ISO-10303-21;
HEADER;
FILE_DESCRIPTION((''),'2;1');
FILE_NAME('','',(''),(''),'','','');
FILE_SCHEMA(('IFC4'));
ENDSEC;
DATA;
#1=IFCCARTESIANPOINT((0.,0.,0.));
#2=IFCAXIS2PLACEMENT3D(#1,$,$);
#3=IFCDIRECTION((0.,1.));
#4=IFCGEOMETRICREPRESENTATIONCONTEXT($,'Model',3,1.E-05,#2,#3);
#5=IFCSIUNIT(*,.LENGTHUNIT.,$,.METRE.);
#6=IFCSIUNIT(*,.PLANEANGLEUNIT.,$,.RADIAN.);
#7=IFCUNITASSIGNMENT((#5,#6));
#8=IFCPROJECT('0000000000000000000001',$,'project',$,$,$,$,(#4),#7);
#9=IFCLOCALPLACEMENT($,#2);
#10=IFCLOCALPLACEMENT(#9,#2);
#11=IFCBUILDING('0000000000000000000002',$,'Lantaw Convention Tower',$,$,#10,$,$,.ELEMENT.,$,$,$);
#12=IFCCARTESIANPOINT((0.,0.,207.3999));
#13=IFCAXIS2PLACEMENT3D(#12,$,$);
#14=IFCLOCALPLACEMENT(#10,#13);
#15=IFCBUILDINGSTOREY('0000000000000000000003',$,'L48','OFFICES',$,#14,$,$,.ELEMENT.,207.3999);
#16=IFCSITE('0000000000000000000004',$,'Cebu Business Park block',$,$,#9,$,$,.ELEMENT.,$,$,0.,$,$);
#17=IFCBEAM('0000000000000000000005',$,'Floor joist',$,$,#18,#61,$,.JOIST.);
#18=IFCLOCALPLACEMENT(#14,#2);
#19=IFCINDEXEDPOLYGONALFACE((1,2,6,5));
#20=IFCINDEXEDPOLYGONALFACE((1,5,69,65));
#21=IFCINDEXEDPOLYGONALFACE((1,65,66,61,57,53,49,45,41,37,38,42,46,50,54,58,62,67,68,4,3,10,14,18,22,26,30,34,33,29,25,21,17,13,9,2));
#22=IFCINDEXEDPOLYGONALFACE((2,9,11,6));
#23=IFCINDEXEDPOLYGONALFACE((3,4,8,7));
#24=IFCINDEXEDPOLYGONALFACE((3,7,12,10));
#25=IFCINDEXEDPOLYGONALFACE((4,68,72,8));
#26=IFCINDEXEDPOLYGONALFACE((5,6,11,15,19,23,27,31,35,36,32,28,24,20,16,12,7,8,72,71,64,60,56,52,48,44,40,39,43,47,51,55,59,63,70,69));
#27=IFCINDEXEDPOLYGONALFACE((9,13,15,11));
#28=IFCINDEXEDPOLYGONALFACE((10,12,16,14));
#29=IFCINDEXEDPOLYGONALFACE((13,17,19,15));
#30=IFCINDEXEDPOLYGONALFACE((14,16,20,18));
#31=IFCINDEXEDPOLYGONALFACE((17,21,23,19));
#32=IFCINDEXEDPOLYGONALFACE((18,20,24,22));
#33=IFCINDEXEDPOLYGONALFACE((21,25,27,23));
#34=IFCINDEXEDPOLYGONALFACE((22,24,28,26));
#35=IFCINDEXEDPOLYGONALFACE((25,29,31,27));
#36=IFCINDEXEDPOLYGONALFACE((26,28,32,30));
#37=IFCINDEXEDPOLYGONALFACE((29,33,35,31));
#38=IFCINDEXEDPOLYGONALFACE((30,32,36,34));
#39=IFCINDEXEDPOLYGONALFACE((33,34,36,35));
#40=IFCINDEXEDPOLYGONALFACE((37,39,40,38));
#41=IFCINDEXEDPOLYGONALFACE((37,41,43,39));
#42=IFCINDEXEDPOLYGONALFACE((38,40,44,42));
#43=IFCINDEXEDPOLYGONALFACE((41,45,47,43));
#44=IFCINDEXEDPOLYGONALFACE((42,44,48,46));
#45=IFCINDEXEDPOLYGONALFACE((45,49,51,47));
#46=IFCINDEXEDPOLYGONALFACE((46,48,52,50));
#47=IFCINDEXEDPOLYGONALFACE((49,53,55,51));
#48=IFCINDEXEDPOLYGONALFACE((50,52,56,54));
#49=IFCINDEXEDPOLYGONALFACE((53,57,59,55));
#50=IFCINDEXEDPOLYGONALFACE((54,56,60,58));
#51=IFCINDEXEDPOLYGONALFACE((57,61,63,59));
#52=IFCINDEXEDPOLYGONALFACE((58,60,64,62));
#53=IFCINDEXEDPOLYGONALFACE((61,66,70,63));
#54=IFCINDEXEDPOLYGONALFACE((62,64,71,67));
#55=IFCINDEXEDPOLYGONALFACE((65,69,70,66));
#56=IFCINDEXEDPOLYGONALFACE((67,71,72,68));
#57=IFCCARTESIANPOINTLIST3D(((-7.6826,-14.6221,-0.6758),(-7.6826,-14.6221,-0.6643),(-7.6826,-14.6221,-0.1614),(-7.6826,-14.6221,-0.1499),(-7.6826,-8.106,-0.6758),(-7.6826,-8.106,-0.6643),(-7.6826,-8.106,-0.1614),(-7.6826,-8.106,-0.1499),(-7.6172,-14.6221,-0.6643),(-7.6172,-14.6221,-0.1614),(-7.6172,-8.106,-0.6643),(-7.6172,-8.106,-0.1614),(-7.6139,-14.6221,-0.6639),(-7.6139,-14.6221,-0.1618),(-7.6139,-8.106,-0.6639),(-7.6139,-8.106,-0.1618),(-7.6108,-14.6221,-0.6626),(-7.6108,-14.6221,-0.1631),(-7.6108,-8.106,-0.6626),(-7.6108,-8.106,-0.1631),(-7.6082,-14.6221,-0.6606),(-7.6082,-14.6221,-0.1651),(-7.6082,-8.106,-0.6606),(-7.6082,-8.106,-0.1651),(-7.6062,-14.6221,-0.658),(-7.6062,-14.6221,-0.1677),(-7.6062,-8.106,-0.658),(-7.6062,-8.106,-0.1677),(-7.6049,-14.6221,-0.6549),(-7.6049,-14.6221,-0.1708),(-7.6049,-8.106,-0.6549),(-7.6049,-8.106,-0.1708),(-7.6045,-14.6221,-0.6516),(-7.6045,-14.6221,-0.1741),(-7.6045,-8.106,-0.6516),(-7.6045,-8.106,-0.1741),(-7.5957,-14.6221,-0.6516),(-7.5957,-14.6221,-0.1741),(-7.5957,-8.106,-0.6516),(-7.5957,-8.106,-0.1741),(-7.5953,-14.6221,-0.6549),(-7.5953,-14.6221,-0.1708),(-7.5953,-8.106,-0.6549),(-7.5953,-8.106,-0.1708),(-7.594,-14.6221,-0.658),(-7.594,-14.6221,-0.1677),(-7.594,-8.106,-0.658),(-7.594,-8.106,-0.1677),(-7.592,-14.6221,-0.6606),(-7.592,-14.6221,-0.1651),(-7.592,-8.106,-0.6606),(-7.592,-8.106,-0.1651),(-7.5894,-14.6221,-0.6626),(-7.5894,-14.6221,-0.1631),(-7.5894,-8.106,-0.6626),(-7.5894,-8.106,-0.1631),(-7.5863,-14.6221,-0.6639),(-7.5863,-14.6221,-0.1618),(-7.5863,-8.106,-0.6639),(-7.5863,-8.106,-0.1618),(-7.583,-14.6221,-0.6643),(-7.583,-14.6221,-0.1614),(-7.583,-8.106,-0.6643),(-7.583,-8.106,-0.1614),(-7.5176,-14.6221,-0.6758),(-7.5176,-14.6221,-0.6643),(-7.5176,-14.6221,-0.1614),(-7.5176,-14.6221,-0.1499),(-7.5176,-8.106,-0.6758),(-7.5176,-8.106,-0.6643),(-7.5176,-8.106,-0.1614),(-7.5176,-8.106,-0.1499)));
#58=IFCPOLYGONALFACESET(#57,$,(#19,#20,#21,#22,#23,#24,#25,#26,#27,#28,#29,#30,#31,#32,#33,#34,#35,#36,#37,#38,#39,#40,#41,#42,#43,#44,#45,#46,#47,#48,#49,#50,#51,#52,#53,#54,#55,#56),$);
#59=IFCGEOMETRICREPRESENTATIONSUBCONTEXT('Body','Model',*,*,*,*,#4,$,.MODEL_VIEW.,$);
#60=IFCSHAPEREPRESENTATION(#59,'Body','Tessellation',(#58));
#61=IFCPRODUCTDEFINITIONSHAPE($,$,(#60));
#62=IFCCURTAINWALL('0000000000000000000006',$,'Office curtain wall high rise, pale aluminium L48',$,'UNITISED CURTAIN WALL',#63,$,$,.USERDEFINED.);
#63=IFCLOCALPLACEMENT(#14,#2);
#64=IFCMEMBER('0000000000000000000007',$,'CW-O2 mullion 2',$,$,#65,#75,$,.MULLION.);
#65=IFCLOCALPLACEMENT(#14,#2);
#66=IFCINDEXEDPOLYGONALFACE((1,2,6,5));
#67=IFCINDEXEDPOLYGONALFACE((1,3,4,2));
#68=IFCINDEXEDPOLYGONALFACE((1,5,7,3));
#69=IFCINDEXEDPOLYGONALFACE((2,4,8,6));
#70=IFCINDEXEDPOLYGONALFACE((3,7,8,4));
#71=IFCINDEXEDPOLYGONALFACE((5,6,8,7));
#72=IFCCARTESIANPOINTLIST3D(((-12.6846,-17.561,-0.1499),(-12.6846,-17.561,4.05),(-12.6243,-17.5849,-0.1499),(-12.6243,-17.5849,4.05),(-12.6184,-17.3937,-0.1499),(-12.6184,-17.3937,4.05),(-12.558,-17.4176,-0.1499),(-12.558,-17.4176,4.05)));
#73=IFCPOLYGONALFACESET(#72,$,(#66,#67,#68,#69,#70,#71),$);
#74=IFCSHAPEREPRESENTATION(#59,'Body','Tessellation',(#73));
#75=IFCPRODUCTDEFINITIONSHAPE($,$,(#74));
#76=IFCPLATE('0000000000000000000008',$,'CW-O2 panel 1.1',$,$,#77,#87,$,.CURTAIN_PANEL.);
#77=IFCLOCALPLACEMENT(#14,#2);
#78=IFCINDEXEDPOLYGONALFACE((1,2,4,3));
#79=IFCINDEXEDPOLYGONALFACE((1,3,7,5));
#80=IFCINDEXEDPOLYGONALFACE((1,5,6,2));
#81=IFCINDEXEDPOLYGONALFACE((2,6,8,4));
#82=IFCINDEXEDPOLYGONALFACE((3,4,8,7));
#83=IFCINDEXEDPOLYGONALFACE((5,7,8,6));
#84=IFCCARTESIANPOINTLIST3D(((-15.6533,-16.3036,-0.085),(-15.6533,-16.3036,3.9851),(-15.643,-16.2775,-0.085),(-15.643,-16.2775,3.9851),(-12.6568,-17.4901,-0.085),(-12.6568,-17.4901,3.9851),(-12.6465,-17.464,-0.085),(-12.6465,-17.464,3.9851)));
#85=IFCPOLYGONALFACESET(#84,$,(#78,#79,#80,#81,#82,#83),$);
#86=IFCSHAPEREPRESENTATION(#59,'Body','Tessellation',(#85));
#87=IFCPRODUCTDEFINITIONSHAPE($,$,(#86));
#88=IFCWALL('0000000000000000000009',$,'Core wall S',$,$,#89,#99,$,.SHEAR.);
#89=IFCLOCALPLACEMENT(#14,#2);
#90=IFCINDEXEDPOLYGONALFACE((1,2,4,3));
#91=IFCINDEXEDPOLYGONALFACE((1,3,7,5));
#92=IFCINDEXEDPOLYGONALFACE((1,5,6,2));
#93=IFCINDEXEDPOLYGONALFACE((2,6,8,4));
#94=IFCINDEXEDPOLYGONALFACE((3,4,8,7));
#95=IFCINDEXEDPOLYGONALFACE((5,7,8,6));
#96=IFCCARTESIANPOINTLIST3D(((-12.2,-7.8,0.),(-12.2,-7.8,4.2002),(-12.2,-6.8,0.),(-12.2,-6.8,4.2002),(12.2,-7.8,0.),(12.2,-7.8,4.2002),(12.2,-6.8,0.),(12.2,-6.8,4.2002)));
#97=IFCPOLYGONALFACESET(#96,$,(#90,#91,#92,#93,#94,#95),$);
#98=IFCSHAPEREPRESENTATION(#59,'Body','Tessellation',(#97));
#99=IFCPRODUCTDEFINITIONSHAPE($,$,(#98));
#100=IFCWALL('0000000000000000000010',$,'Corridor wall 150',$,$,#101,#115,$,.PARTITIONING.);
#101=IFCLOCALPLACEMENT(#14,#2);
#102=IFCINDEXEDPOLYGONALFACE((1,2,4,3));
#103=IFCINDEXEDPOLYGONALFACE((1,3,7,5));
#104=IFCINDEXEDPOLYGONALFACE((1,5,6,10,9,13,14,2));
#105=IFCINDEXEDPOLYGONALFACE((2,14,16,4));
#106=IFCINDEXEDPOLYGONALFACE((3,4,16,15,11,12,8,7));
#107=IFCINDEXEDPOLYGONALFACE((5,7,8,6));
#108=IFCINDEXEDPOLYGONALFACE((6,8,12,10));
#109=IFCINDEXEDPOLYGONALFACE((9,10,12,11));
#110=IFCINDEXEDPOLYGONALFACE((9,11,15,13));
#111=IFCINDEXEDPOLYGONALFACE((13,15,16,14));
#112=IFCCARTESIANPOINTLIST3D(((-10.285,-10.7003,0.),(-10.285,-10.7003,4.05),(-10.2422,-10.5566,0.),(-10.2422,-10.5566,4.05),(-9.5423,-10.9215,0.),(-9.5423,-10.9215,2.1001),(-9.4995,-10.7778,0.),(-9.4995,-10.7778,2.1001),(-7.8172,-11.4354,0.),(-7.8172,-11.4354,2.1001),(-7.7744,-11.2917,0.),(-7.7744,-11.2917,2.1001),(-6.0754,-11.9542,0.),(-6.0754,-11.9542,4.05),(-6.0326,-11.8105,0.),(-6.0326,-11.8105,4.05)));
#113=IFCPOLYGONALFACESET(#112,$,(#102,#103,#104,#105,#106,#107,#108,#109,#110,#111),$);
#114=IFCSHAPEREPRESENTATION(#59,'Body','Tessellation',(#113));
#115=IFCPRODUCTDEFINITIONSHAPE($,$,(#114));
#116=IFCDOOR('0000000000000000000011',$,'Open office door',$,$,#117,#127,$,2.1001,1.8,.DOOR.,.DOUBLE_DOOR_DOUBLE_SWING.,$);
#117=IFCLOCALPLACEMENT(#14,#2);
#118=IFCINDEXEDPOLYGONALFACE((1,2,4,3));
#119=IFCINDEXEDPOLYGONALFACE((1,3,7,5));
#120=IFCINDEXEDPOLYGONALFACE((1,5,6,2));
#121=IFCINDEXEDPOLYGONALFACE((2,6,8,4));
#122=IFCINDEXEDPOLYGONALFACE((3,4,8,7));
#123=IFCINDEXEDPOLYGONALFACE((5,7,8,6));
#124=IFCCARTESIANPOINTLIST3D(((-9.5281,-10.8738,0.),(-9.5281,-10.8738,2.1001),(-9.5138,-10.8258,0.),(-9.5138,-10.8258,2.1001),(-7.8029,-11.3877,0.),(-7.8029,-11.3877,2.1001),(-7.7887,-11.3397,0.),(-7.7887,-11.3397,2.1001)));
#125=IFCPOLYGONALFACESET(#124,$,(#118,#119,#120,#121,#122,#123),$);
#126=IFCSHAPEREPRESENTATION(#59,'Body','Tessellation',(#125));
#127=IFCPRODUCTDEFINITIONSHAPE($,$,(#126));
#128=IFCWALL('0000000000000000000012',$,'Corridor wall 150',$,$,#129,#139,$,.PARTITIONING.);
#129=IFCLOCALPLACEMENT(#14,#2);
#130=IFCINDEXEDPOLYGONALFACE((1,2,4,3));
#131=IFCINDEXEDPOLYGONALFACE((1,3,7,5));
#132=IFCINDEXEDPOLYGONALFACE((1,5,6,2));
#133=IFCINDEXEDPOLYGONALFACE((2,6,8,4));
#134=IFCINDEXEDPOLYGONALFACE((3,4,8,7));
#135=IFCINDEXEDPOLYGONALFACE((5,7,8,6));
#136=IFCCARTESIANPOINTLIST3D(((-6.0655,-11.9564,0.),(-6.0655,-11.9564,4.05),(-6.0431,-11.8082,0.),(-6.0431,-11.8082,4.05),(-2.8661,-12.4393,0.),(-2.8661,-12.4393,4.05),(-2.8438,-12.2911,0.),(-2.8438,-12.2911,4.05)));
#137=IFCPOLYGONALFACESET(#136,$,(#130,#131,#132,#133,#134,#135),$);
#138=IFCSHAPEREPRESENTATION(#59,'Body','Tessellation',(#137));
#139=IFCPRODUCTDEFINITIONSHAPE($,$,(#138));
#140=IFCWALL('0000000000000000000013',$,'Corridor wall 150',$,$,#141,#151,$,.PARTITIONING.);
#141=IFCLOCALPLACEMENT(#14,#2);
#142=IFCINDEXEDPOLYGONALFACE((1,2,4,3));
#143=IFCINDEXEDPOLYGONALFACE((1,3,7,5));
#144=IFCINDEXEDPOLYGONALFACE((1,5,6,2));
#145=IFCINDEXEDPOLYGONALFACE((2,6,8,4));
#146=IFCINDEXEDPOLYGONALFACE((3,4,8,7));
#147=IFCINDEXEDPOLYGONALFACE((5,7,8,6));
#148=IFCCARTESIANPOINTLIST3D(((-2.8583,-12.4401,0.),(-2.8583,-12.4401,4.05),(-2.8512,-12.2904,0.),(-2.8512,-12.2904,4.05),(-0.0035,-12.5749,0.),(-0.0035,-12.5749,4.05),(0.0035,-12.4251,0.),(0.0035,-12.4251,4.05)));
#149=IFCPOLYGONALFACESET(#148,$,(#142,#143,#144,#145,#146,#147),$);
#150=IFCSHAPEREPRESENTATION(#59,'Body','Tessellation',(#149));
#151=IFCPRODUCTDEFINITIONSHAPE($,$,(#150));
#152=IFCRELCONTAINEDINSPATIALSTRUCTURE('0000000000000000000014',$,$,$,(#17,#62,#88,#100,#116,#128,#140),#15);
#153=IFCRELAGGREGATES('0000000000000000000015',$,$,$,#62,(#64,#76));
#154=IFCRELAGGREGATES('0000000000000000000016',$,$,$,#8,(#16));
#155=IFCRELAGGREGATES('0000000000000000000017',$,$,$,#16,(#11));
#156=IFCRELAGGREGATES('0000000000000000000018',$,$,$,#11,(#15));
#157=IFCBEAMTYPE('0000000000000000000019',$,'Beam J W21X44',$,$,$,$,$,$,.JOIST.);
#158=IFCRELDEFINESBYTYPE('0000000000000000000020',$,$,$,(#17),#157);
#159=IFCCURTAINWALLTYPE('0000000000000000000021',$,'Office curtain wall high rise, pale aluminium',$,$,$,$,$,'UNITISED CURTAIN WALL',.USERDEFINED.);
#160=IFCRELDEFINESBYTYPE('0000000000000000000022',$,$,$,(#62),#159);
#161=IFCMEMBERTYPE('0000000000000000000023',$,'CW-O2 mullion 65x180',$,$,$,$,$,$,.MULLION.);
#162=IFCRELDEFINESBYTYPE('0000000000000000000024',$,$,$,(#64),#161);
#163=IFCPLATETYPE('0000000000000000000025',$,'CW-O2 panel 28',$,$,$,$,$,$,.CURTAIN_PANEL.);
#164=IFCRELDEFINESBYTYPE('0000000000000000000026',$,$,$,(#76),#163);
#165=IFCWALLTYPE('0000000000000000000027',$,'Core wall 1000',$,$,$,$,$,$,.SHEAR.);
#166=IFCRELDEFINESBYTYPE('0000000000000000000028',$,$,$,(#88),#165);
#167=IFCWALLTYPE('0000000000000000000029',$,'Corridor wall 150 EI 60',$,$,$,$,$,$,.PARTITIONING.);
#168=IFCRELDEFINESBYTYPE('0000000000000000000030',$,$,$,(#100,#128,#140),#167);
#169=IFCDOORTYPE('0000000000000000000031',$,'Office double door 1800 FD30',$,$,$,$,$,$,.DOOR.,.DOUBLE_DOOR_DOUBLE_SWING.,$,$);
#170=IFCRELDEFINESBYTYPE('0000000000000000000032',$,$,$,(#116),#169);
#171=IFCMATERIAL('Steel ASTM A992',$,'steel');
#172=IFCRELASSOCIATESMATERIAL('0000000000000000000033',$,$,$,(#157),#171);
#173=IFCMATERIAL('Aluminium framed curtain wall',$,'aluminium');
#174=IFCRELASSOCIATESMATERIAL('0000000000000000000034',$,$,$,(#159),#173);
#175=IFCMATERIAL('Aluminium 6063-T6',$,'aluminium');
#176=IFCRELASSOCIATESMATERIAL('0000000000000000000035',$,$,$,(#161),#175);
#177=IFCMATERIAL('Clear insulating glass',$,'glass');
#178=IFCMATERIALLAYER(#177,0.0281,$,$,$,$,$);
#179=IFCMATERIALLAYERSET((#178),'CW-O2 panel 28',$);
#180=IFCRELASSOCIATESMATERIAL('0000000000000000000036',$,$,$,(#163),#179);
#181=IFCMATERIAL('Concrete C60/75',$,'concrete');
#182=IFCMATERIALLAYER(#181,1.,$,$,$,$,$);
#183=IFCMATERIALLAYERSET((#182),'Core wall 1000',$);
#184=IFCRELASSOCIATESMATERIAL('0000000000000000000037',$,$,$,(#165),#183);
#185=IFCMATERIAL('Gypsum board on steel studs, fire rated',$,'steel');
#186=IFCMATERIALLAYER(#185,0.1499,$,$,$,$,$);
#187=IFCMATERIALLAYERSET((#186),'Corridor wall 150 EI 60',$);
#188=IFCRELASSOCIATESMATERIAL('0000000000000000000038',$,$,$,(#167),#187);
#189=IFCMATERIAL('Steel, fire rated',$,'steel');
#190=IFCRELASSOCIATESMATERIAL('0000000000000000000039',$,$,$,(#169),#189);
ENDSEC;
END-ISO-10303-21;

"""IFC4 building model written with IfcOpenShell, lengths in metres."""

from ifc_helpers import new_model, si_unit, direction, frame, frame_2d, origin, origin_2d, place, context, subcontext, project, spatial, rectangle, i_section, extrude, material, layer, layer_set, material_profile, profile_set, type_object, element, fill, aggregate, save


model = new_model("IFC4")

# Units and contexts
model_context = context("Model", 3, precision=1e-05, world=origin(), true_north=direction((0.0, 1.0)))
body_context = subcontext(model_context, "Body", "Model", "MODEL_VIEW")
ifc_project = project(units=[si_unit("LENGTHUNIT", "METRE"), si_unit("PLANEANGLEUNIT", "RADIAN")], contexts=[model_context])

# Site, building, storey
site_placement = place(None, origin())
site = spatial("IfcSite", under=ifc_project, at=site_placement, Name="Cebu Business Park block", CompositionType="ELEMENT", RefElevation=0.0)
building_placement = place(site_placement, origin())
building = spatial("IfcBuilding", under=site, at=building_placement, Name="Lantaw Convention Tower", CompositionType="ELEMENT")
storey_placement = place(building_placement, frame((0.0, 0.0, 207.3999)))
storey = spatial("IfcBuildingStorey", under=building, at=storey_placement, Name="L48", Description="OFFICES", CompositionType="ELEMENT", Elevation=207.3999)

# Shared definitions
ifc_material_1 = material(Name="Concrete C60/75", Category="concrete")

# Beam
ifc_material_2 = material(Name="Steel ASTM A992", Category="steel")
ifc_material_profile_1 = material_profile(ifc_material_2, i_section(OverallWidth=0.165, OverallDepth=0.5259, WebThickness=0.0088, FlangeThickness=0.0115, FilletRadius=0.0127, at=origin_2d()), Name="W21X44")
ifc_profile_set_1 = profile_set([ifc_material_profile_1], Name="Steel ASTM A992")
beam_type_1 = type_object("IfcBeamType", Name="Beam J W21X44", PredefinedType="JOIST", material=ifc_profile_set_1)
beam_1_placement = place(storey_placement, frame((-7.6001, -14.6221, -0.4128), z_axis=(0.0, 1.0, 0.0), x_axis=(-1.0, 0.0, 0.0)))
element("IfcBeam", 1, at=beam_1_placement, inside=storey, type_object=beam_type_1, Name="Floor joist", PredefinedType="JOIST", context=body_context, shape_type="SweptSolid", body=[
    extrude(i_section(OverallWidth=0.165, OverallDepth=0.5259, WebThickness=0.0088, FlangeThickness=0.0115, FilletRadius=0.0127, at=origin_2d()), origin(), (0.0, 0.0, 1.0), 6.5161),
])

# Curtain wall, member, plate
ifc_material_3 = material(Name="Aluminium framed curtain wall", Category="aluminium")
curtain_wall_type = type_object("IfcCurtainWallType", Name="Office curtain wall high rise, pale aluminium", ElementType="UNITISED CURTAIN WALL", PredefinedType="USERDEFINED", material=ifc_material_3)
curtain_wall_placement = place(storey_placement, origin())
curtain_wall = element("IfcCurtainWall", 2, at=curtain_wall_placement, inside=storey, type_object=curtain_wall_type, Name="Office curtain wall high rise, pale aluminium L48", ObjectType="UNITISED CURTAIN WALL", PredefinedType="USERDEFINED")
ifc_material_4 = material(Name="Aluminium 6063-T6", Category="aluminium")
ifc_material_profile_2 = material_profile(ifc_material_4, rectangle(XDim=0.1799, YDim=0.0649, at=origin_2d()), Name="CW-O2 mullion 65x180")
ifc_profile_set_2 = profile_set([ifc_material_profile_2], Name="Aluminium 6063-T6")
member_type = type_object("IfcMemberType", Name="CW-O2 mullion 65x180", PredefinedType="MULLION", material=ifc_profile_set_2)
member_placement = place(storey_placement, frame((-12.6213, -17.4893, -0.1499), z_axis=(0.0, 0.0, 1.0), x_axis=(0.368162, 0.929762, 0.0)))
member = element("IfcMember", 3, at=member_placement, type_object=member_type, Name="CW-O2 mullion 2", PredefinedType="MULLION", context=body_context, shape_type="SweptSolid", body=[
    extrude(rectangle(XDim=0.1799, YDim=0.0649, at=origin_2d()), origin(), (0.0, 0.0, 1.0), 4.2),
])
ifc_material_5 = material(Name="Clear insulating glass", Category="glass")
ifc_layer_1 = layer(ifc_material_5, 0.0281)
ifc_layer_set_1 = layer_set([ifc_layer_1], Name="CW-O2 panel 28")
plate_type = type_object("IfcPlateType", Name="CW-O2 panel 28", PredefinedType="CURTAIN_PANEL", material=ifc_layer_set_1)
plate_placement = place(storey_placement, frame((-14.1499, -16.8838, -0.085), z_axis=(0.0, 0.0, 1.0), x_axis=(0.929762, -0.368162, 0.0)))
plate = element("IfcPlate", 4, at=plate_placement, type_object=plate_type, Name="CW-O2 panel 1.1", PredefinedType="CURTAIN_PANEL", context=body_context, shape_type="SweptSolid", body=[
    extrude(rectangle(XDim=3.2229, YDim=0.0281, at=origin_2d()), origin(), (0.0, 0.0, 1.0), 4.0701),
])
aggregate(curtain_wall, [member, plate])

# Wall
ifc_layer_2 = layer(ifc_material_1, 1.0)
ifc_layer_set_2 = layer_set([ifc_layer_2], Name="Core wall 1000")
wall_type_1 = type_object("IfcWallType", Name="Core wall 1000", PredefinedType="SHEAR", material=ifc_layer_set_2)
wall_1_placement = place(storey_placement, frame((-12.2, -7.3, 0.0), z_axis=(0.0, 0.0, 1.0), x_axis=(1.0, 0.0, 0.0)))
element("IfcWall", 5, at=wall_1_placement, inside=storey, type_object=wall_type_1, Name="Core wall S", PredefinedType="SHEAR", context=body_context, shape_type="SweptSolid", body=[
    extrude(rectangle(XDim=24.3999, YDim=1.0, at=frame_2d((12.2, 0.0))), origin(), (0.0, 0.0, 1.0), 4.2002),
])

# Wall, opening, door
ifc_material_6 = material(Name="Gypsum board on steel studs, fire rated", Category="steel")
ifc_layer_3 = layer(ifc_material_6, 0.1499)
ifc_layer_set_3 = layer_set([ifc_layer_3], Name="Corridor wall 150 EI 60")
wall_type_2 = type_object("IfcWallType", Name="Corridor wall 150 EI 60", PredefinedType="PARTITIONING", material=ifc_layer_set_3)
wall_2_placement = place(storey_placement, frame((-10.2637, -10.6284, 0.0), z_axis=(0.0, 0.0, 1.0), x_axis=(0.958384, -0.285481, 0.0)))
wall_2 = element("IfcWall", 6, at=wall_2_placement, inside=storey, type_object=wall_type_2, Name="Corridor wall 150", PredefinedType="PARTITIONING", context=body_context, shape_type="SweptSolid", body=[
    extrude(rectangle(XDim=4.3923, YDim=0.1499, at=frame_2d((2.1963, 0.0))), origin(), (0.0, 0.0, 1.0), 4.05),
])
opening_1_placement = place(wall_2_placement, frame((0.7751, 0.0, 0.0)))
opening_1 = element("IfcOpeningElement", 7, at=opening_1_placement, cuts=wall_2, PredefinedType="OPENING", context=body_context, shape_type="SweptSolid", body=[
    extrude(rectangle(XDim=1.8, YDim=2.1001, at=frame_2d((0.8999, 1.05))), frame((0.0, 0.085, 0.0), z_axis=(0.0, -1.0, 0.0), x_axis=(1.0, 0.0, 0.0)), (0.0, 0.0, 1.0), 0.1699),
])
ifc_material_7 = material(Name="Steel, fire rated", Category="steel")
door_type_1 = type_object("IfcDoorType", Name="Office double door 1800 FD30", OperationType="DOUBLE_DOOR_DOUBLE_SWING", PredefinedType="DOOR", material=ifc_material_7)
door_1_placement = place(opening_1_placement, origin())
door_1 = element("IfcDoor", 8, at=door_1_placement, inside=storey, type_object=door_type_1, Name="Open office door", OperationType="DOUBLE_DOOR_DOUBLE_SWING", OverallHeight=2.1001, OverallWidth=1.8, PredefinedType="DOOR", context=body_context, shape_type="SweptSolid", body=[
    extrude(rectangle(XDim=1.8, YDim=2.1001, at=frame_2d((0.8999, 1.05))), frame((0.0, 0.0249, 0.0), z_axis=(0.0, -1.0, 0.0), x_axis=(1.0, 0.0, 0.0)), (0.0, 0.0, 1.0), 0.05),
])
fill(opening_1, door_1)

# Walls
wall_3_placement = place(storey_placement, frame((-6.0542, -11.8823, 0.0), z_axis=(0.0, 0.0, 1.0), x_axis=(0.9888, -0.149244, 0.0)))
element("IfcWall", 9, at=wall_3_placement, inside=storey, type_object=wall_type_2, Name="Corridor wall 150", PredefinedType="PARTITIONING", context=body_context, shape_type="SweptSolid", body=[
    extrude(rectangle(XDim=3.2356, YDim=0.1499, at=frame_2d((1.6177, 0.0))), origin(), (0.0, 0.0, 1.0), 4.05),
])
wall_4_placement = place(storey_placement, frame((-2.8547, -12.3652, 0.0), z_axis=(0.0, 0.0, 1.0), x_axis=(0.998888, -0.047155, 0.0)))
element("IfcWall", 10, at=wall_4_placement, inside=storey, type_object=wall_type_2, Name="Corridor wall 150", PredefinedType="PARTITIONING", context=body_context, shape_type="SweptSolid", body=[
    extrude(rectangle(XDim=2.8579, YDim=0.1499, at=frame_2d((1.429, 0.0))), origin(), (0.0, 0.0, 1.0), 4.05),
])

save(model, "model.ifc")
